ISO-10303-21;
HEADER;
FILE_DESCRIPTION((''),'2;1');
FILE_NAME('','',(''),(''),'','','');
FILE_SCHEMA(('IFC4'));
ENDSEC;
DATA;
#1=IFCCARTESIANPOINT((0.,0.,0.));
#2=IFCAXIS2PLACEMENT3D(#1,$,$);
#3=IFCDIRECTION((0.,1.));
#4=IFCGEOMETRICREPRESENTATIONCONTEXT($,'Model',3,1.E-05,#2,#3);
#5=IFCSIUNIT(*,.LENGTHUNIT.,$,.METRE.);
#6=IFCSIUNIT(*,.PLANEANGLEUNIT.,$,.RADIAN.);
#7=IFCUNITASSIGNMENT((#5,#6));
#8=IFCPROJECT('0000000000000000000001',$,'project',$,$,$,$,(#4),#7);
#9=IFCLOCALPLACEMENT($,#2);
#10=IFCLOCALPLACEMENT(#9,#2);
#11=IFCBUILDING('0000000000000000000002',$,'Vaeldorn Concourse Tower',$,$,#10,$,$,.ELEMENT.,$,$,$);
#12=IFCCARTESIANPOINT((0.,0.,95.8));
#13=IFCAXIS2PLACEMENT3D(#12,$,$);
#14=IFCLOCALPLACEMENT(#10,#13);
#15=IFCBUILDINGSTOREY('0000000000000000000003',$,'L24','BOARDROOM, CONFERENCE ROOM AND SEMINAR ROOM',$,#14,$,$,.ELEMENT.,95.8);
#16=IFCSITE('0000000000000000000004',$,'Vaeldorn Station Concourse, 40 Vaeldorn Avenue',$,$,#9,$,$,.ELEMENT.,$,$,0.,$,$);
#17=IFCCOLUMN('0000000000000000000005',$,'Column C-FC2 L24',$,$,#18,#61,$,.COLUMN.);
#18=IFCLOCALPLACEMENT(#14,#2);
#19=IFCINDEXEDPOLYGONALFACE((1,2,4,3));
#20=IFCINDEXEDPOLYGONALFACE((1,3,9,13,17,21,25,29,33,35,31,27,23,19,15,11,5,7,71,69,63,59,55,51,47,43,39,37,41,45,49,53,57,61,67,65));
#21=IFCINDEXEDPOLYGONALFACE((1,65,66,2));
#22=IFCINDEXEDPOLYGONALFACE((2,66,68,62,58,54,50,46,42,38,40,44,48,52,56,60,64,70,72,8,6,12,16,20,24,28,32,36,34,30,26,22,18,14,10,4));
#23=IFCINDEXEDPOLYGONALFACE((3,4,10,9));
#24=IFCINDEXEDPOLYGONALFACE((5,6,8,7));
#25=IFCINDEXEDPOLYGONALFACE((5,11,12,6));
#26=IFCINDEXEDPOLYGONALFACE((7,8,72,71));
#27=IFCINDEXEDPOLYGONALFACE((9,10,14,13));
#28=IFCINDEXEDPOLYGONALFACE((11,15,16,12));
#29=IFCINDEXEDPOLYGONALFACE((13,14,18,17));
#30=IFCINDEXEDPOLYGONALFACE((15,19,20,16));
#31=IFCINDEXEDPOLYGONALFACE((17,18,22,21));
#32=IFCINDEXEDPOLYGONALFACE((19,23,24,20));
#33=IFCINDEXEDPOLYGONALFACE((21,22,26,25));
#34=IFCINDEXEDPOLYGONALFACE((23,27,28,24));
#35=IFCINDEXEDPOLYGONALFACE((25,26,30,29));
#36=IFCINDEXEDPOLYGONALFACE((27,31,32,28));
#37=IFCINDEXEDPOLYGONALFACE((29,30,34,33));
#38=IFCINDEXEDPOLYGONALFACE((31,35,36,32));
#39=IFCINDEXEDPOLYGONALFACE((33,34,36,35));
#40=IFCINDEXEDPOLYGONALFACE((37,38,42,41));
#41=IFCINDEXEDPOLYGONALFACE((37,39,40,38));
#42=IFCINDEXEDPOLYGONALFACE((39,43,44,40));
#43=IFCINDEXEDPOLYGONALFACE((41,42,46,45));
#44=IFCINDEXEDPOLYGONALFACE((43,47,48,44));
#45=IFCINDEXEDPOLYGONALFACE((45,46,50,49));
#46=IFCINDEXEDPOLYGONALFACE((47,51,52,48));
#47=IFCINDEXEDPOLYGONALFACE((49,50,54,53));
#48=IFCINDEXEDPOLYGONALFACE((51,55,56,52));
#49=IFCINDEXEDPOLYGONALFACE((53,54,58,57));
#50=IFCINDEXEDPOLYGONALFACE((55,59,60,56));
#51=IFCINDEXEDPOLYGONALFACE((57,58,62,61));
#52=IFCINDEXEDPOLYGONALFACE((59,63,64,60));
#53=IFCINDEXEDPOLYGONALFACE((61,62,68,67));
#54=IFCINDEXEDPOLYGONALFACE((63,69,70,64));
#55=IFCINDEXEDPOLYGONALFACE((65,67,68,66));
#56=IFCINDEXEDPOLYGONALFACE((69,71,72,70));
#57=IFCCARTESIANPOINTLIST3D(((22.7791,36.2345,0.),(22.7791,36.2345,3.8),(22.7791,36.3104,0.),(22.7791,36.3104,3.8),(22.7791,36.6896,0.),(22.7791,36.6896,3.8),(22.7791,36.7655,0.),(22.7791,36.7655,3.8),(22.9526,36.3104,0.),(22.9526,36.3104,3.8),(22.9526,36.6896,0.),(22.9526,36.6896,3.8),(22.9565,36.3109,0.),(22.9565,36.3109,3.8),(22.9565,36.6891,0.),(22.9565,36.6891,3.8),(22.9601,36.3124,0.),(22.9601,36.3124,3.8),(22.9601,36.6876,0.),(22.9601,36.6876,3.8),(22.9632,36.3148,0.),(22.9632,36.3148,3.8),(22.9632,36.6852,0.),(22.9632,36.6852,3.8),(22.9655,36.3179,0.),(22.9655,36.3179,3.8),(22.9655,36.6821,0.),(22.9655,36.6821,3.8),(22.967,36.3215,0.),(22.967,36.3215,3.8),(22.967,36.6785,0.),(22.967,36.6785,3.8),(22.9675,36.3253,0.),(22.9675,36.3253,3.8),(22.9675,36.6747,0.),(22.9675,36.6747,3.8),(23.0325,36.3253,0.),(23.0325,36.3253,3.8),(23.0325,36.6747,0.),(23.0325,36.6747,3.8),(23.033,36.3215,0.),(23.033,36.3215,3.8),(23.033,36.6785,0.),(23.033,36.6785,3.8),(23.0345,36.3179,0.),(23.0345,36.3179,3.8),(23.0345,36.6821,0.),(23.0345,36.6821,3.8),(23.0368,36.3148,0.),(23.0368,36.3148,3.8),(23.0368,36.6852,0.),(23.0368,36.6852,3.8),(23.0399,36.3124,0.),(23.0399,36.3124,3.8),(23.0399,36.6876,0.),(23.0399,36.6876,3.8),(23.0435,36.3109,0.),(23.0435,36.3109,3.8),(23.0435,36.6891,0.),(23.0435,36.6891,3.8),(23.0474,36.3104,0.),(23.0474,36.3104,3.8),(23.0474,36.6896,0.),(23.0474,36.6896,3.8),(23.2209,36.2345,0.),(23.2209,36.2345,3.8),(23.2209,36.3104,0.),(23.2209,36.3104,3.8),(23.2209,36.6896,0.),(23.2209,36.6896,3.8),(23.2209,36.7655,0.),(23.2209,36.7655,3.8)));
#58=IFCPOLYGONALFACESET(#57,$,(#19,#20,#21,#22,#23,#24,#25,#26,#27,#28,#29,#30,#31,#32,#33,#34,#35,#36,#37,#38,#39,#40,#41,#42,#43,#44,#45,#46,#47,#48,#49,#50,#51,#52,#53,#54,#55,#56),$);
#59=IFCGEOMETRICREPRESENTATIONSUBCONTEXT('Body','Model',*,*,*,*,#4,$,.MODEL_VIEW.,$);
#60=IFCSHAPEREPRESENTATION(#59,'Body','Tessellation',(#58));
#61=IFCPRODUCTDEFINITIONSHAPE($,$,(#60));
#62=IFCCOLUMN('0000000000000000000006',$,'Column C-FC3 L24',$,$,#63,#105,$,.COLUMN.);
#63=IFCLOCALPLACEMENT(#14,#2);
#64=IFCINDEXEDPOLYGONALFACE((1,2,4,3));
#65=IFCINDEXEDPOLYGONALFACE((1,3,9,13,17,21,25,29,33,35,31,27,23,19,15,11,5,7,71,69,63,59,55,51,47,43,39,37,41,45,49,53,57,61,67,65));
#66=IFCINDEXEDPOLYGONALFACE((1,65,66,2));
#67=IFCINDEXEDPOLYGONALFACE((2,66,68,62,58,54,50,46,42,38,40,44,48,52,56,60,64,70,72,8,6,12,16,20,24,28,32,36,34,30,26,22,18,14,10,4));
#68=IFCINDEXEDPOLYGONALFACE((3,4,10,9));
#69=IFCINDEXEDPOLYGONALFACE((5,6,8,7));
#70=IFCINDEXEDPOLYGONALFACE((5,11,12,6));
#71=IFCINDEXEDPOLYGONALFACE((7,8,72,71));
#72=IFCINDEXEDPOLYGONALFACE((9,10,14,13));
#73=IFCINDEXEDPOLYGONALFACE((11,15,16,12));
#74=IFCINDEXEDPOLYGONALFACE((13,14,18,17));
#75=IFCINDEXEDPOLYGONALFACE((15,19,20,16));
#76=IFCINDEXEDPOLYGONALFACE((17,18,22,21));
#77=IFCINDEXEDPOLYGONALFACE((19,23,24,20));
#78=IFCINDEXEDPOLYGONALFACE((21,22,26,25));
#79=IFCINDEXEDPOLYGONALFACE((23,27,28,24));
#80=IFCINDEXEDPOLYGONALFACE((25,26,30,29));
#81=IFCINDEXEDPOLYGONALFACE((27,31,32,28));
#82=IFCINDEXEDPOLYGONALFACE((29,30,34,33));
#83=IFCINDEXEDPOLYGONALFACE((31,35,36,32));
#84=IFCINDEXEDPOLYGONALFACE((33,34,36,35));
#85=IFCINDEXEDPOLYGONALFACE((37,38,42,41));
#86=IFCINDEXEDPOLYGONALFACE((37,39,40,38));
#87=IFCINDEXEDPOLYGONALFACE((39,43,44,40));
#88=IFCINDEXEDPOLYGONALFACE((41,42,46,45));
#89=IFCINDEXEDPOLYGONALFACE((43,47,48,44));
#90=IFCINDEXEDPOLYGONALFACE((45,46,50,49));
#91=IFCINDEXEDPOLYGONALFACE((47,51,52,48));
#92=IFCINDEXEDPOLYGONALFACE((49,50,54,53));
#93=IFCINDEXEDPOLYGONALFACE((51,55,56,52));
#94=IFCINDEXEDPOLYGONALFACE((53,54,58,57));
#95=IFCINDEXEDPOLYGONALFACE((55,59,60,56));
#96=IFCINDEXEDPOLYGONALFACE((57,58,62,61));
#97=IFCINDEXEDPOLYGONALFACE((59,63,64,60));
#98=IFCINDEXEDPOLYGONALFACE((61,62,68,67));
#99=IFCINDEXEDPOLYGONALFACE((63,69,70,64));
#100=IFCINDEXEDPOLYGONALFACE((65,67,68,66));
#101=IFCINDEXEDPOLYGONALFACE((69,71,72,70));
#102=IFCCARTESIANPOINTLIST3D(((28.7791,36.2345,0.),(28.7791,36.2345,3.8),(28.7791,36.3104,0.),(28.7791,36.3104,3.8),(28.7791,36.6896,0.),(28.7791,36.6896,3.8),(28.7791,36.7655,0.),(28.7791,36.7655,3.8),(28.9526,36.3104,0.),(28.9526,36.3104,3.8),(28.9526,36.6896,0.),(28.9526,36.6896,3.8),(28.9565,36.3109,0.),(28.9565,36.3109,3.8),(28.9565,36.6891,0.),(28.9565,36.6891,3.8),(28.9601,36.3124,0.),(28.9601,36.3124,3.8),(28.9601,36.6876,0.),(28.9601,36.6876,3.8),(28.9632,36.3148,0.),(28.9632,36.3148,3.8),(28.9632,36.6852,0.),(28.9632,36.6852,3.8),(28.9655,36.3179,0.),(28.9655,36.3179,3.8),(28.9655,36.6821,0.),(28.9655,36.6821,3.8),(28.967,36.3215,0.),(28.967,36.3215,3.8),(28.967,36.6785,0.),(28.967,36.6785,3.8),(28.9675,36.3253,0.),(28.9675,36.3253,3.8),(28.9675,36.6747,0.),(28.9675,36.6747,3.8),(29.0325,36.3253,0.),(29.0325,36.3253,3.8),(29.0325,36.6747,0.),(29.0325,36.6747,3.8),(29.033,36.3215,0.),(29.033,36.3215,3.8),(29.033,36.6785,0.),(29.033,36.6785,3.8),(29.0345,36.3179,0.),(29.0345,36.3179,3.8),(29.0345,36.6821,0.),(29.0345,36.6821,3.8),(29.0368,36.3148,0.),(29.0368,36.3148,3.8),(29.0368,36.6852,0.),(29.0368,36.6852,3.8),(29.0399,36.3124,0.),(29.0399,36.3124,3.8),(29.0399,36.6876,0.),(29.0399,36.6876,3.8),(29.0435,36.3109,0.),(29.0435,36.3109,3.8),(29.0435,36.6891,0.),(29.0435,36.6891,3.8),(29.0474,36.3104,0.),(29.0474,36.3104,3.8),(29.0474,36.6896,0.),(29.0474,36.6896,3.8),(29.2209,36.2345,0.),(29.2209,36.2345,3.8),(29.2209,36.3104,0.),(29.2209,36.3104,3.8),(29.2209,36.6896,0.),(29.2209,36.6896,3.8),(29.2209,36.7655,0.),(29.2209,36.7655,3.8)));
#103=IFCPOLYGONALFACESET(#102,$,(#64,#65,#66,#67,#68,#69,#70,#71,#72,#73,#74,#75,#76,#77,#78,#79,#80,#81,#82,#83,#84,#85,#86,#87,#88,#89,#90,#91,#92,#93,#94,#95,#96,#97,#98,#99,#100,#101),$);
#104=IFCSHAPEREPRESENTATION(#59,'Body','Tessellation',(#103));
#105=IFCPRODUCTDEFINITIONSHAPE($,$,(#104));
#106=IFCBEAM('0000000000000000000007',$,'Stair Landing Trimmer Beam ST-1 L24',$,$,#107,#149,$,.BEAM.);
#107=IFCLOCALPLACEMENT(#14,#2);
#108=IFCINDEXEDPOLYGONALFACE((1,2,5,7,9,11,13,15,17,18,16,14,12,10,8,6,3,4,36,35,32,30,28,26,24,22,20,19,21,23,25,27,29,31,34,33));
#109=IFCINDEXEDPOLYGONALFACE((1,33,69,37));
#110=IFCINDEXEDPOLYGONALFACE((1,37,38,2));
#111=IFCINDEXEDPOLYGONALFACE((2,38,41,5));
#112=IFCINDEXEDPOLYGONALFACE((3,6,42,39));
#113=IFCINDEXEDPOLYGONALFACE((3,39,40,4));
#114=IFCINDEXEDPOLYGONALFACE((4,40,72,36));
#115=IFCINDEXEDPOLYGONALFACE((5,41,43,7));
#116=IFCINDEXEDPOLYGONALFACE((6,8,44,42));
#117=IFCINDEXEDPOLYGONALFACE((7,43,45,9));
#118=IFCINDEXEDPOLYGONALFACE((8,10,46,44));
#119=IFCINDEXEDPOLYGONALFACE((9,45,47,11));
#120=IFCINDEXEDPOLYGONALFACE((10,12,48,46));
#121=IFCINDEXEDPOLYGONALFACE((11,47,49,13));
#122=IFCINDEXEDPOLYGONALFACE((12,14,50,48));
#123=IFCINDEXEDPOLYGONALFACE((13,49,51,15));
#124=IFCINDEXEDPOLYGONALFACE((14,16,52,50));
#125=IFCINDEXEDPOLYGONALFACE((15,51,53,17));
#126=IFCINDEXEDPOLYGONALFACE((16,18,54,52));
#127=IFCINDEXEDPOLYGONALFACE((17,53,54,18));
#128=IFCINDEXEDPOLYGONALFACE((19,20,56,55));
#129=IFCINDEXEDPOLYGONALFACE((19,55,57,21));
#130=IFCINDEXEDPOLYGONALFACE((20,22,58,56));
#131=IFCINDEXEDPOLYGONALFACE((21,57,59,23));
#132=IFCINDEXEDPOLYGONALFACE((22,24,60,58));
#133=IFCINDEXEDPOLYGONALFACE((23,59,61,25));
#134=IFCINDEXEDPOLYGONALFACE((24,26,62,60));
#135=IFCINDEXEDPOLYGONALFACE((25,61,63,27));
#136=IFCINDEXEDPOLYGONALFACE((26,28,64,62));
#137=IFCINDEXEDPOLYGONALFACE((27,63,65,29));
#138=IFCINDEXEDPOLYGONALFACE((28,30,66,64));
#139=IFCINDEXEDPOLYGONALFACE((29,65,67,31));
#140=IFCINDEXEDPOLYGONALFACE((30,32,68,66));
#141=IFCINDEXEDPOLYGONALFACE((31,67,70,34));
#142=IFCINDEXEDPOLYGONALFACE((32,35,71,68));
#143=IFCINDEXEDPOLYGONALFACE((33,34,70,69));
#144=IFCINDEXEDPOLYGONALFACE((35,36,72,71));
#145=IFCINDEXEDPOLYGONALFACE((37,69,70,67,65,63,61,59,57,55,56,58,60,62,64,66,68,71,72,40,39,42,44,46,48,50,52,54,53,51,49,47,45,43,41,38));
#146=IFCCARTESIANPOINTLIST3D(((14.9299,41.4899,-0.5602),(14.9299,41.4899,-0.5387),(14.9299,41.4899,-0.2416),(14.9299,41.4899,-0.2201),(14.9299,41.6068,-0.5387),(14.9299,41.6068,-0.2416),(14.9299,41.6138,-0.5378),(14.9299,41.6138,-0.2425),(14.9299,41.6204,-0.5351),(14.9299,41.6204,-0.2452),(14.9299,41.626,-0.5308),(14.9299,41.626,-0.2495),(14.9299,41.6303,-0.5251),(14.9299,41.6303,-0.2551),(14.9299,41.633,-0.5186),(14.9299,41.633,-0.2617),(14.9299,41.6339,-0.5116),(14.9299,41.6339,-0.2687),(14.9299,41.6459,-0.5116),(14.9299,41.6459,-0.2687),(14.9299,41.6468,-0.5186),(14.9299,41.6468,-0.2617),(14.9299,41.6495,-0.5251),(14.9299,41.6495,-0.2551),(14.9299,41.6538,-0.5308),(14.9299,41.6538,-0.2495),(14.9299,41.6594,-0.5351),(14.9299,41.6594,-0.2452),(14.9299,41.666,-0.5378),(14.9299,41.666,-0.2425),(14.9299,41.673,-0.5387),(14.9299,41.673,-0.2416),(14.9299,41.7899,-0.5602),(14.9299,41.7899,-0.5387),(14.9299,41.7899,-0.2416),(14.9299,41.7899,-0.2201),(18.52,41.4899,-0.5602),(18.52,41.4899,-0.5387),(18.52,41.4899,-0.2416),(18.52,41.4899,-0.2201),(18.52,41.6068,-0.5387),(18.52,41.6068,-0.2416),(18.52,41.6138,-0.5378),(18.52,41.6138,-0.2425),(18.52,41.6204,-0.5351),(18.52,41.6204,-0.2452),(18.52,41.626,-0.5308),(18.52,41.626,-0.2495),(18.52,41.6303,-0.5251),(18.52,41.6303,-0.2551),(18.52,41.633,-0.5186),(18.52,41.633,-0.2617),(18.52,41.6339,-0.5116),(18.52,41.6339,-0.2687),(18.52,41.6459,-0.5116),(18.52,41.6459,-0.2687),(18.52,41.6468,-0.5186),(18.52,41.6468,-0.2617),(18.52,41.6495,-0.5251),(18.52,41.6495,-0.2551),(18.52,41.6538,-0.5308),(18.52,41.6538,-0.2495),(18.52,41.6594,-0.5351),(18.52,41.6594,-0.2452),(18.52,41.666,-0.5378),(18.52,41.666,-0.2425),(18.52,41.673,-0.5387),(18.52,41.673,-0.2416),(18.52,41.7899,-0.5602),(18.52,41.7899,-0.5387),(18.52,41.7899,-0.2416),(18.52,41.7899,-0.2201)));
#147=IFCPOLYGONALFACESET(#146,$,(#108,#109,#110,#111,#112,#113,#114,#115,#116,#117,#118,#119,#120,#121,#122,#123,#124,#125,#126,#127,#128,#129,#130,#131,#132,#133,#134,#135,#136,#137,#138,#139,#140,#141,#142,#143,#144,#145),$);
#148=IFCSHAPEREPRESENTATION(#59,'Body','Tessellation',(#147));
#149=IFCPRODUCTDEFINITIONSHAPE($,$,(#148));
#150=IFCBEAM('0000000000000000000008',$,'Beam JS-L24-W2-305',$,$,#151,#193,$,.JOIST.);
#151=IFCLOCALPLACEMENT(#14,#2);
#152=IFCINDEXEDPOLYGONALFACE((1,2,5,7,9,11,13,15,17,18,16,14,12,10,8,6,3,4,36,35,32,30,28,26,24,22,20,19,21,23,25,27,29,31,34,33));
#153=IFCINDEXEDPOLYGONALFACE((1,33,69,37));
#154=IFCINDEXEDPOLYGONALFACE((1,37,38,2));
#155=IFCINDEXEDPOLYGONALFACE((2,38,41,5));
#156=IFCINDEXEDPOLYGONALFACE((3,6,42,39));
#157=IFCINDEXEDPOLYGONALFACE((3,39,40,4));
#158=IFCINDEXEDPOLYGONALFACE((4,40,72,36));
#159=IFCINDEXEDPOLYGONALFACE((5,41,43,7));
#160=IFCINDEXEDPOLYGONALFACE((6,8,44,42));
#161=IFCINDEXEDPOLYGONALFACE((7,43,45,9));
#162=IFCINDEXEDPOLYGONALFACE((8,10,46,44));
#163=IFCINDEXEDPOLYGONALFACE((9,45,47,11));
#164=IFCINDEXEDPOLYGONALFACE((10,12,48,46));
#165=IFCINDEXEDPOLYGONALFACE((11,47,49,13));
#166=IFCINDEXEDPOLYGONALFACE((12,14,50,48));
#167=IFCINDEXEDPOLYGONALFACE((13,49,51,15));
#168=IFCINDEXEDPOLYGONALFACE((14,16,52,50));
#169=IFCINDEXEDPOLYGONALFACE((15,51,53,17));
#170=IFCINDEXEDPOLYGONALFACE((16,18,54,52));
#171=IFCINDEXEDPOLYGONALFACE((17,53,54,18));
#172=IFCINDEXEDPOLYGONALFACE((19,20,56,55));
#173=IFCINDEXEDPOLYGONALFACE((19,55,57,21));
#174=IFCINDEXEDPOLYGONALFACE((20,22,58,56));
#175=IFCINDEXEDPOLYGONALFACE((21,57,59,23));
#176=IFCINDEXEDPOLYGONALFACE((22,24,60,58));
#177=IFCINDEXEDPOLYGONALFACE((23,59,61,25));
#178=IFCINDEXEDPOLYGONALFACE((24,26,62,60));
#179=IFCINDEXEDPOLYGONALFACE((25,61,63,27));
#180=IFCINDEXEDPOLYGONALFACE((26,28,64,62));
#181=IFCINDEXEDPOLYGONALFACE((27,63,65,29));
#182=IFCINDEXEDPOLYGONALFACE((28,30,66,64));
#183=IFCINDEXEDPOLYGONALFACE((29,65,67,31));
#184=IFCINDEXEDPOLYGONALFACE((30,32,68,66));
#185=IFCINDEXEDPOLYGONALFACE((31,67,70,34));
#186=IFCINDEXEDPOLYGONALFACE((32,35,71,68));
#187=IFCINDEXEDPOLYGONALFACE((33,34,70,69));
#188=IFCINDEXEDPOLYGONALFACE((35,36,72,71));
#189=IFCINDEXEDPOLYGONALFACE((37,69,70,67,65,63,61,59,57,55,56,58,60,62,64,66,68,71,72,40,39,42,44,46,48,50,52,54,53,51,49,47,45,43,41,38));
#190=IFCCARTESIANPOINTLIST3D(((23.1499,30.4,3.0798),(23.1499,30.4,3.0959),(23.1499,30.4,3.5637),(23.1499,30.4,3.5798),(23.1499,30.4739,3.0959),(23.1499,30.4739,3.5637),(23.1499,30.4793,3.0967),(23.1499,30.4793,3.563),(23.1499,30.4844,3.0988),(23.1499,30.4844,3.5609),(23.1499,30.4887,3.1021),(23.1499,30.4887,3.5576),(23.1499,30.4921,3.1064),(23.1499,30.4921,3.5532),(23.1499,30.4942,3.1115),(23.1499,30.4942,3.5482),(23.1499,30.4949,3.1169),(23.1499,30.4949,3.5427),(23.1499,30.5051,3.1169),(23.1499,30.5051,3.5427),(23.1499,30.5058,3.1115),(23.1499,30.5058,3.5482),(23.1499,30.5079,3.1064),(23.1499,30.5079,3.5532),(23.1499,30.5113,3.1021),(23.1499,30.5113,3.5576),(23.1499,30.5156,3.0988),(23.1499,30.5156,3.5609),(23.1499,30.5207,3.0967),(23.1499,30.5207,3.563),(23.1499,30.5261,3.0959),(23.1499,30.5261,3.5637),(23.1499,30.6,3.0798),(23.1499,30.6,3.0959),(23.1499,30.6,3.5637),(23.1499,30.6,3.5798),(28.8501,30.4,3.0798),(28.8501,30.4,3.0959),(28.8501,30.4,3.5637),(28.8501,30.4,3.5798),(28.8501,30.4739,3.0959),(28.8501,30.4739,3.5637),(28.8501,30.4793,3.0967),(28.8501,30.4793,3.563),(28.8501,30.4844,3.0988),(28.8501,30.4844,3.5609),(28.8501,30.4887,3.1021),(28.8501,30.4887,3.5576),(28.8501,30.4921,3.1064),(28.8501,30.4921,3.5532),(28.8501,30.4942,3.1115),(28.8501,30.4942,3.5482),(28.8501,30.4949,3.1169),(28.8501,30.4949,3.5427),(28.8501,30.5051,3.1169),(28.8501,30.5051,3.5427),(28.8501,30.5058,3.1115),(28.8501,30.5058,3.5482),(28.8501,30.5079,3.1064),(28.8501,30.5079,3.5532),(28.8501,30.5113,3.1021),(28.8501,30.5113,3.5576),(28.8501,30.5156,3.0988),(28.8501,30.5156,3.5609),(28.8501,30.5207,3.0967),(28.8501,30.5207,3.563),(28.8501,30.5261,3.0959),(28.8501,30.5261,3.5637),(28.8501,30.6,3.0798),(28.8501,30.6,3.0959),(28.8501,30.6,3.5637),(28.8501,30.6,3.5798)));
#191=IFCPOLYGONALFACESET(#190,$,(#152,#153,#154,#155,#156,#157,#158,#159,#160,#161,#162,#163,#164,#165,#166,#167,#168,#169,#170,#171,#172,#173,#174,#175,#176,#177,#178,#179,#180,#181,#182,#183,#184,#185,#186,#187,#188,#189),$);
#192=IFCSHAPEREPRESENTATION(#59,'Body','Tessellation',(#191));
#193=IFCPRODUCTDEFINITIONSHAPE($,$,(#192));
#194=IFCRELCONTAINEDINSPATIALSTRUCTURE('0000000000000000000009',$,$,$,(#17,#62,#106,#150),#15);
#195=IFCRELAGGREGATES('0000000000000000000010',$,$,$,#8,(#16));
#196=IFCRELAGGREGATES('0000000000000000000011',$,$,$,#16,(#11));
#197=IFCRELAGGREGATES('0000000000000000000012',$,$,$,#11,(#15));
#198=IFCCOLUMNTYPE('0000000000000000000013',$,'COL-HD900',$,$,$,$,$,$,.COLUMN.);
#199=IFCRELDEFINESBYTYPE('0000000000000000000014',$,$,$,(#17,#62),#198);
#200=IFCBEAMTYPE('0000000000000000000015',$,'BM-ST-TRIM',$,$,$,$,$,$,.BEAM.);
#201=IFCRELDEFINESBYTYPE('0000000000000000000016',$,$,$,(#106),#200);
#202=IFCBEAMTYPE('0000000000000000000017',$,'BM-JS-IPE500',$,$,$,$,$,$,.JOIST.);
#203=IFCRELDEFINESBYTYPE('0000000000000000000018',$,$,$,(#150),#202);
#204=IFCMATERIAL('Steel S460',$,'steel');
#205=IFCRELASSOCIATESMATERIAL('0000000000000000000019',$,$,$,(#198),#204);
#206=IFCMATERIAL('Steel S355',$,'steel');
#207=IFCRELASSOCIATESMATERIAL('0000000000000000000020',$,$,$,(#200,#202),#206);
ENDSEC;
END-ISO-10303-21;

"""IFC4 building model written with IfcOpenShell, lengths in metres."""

from ifc_helpers import new_model, si_unit, direction, frame, origin, origin_2d, place, context, subcontext, project, spatial, i_section, extrude, source, transform, mapped, material, material_profile, profile_set, type_object, element, save


model = new_model("IFC4")

# Units and contexts
model_context = context("Model", 3, precision=1e-05, world=origin(), true_north=direction((0.0, 1.0)))
body_context = subcontext(model_context, "Body", "Model", "MODEL_VIEW")
ifc_project = project(units=[si_unit("LENGTHUNIT", "METRE"), si_unit("PLANEANGLEUNIT", "RADIAN")], contexts=[model_context])

# Site, building, storey
site_placement = place(None, origin())
site = spatial("IfcSite", under=ifc_project, at=site_placement, Name="Vaeldorn Station Concourse, 40 Vaeldorn Avenue", CompositionType="ELEMENT", RefElevation=0.0)
building_placement = place(site_placement, origin())
building = spatial("IfcBuilding", under=site, at=building_placement, Name="Vaeldorn Concourse Tower", CompositionType="ELEMENT")
storey_placement = place(building_placement, frame((0.0, 0.0, 95.8)))
storey = spatial("IfcBuildingStorey", under=building, at=storey_placement, Name="L24", Description="BOARDROOM, CONFERENCE ROOM AND SEMINAR ROOM", CompositionType="ELEMENT", Elevation=95.8)

# Columns
ifc_material_1 = material(Name="Steel S460", Category="steel")
ifc_material_profile_1 = material_profile(ifc_material_1, i_section(OverallWidth=0.4419, OverallDepth=0.531, WebThickness=0.0649, FlangeThickness=0.0759, FilletRadius=0.0149, at=origin_2d()), Name="HD 400x900")
ifc_profile_set_1 = profile_set([ifc_material_profile_1], Name="Steel S460")
column_type = type_object("IfcColumnType", Name="COL-HD900", PredefinedType="COLUMN", material=ifc_profile_set_1)
shared_shape_1 = source(origin(), body_context, "Body", "SweptSolid", [
    extrude(i_section(OverallWidth=0.4419, OverallDepth=0.531, WebThickness=0.0649, FlangeThickness=0.0759, FilletRadius=0.0149, at=origin_2d()), origin(), (0.0, 0.0, 1.0), 3.8),
])
for number, where, z_axis, x_axis, name in (
    (1, (23.0, 36.5, 0.0), (0.0, 0.0, 1.0), (1.0, 0.0, 0.0), "Column C-FC2 L24"),
    (2, (29.0, 36.5, 0.0), (0.0, 0.0, 1.0), (1.0, 0.0, 0.0), "Column C-FC3 L24"),
):
    element("IfcColumn", number, at=place(storey_placement, frame(where, z_axis=z_axis, x_axis=x_axis)), inside=storey, type_object=column_type, Name=name, PredefinedType="COLUMN", context=body_context, shape_type="MappedRepresentation", body=[
        mapped(shared_shape_1, transform((0.0, 0.0, 0.0), scale=1.0)),
    ])

# Beams
ifc_material_2 = material(Name="Steel S355", Category="steel")
ifc_material_profile_2 = material_profile(ifc_material_2, i_section(OverallWidth=0.3, OverallDepth=0.3401, WebThickness=0.012, FlangeThickness=0.0215, FilletRadius=0.0271, at=origin_2d()), Name="HEB 340")
ifc_profile_set_2 = profile_set([ifc_material_profile_2], Name="Steel S355")
beam_type_1 = type_object("IfcBeamType", Name="BM-ST-TRIM", PredefinedType="BEAM", material=ifc_profile_set_2)
shared_shape_2 = source(origin(), body_context, "Body", "SweptSolid", [
    extrude(i_section(OverallWidth=0.3, OverallDepth=0.3401, WebThickness=0.012, FlangeThickness=0.0215, FilletRadius=0.0271, at=origin_2d()), origin(), (0.0, 0.0, 1.0), 3.5901),
])
beam_1_placement = place(storey_placement, frame((14.9299, 41.6399, -0.3901), z_axis=(1.0, 0.0, 0.0), x_axis=(0.0, 1.0, 0.0)))
element("IfcBeam", 3, at=beam_1_placement, inside=storey, type_object=beam_type_1, Name="Stair Landing Trimmer Beam ST-1 L24", PredefinedType="BEAM", context=body_context, shape_type="MappedRepresentation", body=[
    mapped(shared_shape_2, transform((0.0, 0.0, 0.0), scale=1.0)),
])
ifc_material_profile_3 = material_profile(ifc_material_2, i_section(OverallWidth=0.2, OverallDepth=0.5, WebThickness=0.0103, FlangeThickness=0.0161, FilletRadius=0.021, at=origin_2d()), Name="IPE 500")
ifc_profile_set_3 = profile_set([ifc_material_profile_3], Name="Steel S355")
beam_type_2 = type_object("IfcBeamType", Name="BM-JS-IPE500", PredefinedType="JOIST", material=ifc_profile_set_3)
shared_shape_3 = source(origin(), body_context, "Body", "SweptSolid", [
    extrude(i_section(OverallWidth=0.2, OverallDepth=0.5, WebThickness=0.0103, FlangeThickness=0.0161, FilletRadius=0.021, at=origin_2d()), origin(), (0.0, 0.0, 1.0), 5.7002),
])
for number, where, z_axis, x_axis, name in (
    (4, (23.1499, 30.5, 3.3298), (1.0, 0.0, 0.0), (0.0, 1.0, 0.0), "Beam JS-L24-W2-305"),
):
    element("IfcBeam", number, at=place(storey_placement, frame(where, z_axis=z_axis, x_axis=x_axis)), inside=storey, type_object=beam_type_2, Name=name, PredefinedType="JOIST", context=body_context, shape_type="MappedRepresentation", body=[
        mapped(shared_shape_3, transform((0.0, 0.0, 0.0), scale=1.0)),
    ])

save(model, "model.ifc")
